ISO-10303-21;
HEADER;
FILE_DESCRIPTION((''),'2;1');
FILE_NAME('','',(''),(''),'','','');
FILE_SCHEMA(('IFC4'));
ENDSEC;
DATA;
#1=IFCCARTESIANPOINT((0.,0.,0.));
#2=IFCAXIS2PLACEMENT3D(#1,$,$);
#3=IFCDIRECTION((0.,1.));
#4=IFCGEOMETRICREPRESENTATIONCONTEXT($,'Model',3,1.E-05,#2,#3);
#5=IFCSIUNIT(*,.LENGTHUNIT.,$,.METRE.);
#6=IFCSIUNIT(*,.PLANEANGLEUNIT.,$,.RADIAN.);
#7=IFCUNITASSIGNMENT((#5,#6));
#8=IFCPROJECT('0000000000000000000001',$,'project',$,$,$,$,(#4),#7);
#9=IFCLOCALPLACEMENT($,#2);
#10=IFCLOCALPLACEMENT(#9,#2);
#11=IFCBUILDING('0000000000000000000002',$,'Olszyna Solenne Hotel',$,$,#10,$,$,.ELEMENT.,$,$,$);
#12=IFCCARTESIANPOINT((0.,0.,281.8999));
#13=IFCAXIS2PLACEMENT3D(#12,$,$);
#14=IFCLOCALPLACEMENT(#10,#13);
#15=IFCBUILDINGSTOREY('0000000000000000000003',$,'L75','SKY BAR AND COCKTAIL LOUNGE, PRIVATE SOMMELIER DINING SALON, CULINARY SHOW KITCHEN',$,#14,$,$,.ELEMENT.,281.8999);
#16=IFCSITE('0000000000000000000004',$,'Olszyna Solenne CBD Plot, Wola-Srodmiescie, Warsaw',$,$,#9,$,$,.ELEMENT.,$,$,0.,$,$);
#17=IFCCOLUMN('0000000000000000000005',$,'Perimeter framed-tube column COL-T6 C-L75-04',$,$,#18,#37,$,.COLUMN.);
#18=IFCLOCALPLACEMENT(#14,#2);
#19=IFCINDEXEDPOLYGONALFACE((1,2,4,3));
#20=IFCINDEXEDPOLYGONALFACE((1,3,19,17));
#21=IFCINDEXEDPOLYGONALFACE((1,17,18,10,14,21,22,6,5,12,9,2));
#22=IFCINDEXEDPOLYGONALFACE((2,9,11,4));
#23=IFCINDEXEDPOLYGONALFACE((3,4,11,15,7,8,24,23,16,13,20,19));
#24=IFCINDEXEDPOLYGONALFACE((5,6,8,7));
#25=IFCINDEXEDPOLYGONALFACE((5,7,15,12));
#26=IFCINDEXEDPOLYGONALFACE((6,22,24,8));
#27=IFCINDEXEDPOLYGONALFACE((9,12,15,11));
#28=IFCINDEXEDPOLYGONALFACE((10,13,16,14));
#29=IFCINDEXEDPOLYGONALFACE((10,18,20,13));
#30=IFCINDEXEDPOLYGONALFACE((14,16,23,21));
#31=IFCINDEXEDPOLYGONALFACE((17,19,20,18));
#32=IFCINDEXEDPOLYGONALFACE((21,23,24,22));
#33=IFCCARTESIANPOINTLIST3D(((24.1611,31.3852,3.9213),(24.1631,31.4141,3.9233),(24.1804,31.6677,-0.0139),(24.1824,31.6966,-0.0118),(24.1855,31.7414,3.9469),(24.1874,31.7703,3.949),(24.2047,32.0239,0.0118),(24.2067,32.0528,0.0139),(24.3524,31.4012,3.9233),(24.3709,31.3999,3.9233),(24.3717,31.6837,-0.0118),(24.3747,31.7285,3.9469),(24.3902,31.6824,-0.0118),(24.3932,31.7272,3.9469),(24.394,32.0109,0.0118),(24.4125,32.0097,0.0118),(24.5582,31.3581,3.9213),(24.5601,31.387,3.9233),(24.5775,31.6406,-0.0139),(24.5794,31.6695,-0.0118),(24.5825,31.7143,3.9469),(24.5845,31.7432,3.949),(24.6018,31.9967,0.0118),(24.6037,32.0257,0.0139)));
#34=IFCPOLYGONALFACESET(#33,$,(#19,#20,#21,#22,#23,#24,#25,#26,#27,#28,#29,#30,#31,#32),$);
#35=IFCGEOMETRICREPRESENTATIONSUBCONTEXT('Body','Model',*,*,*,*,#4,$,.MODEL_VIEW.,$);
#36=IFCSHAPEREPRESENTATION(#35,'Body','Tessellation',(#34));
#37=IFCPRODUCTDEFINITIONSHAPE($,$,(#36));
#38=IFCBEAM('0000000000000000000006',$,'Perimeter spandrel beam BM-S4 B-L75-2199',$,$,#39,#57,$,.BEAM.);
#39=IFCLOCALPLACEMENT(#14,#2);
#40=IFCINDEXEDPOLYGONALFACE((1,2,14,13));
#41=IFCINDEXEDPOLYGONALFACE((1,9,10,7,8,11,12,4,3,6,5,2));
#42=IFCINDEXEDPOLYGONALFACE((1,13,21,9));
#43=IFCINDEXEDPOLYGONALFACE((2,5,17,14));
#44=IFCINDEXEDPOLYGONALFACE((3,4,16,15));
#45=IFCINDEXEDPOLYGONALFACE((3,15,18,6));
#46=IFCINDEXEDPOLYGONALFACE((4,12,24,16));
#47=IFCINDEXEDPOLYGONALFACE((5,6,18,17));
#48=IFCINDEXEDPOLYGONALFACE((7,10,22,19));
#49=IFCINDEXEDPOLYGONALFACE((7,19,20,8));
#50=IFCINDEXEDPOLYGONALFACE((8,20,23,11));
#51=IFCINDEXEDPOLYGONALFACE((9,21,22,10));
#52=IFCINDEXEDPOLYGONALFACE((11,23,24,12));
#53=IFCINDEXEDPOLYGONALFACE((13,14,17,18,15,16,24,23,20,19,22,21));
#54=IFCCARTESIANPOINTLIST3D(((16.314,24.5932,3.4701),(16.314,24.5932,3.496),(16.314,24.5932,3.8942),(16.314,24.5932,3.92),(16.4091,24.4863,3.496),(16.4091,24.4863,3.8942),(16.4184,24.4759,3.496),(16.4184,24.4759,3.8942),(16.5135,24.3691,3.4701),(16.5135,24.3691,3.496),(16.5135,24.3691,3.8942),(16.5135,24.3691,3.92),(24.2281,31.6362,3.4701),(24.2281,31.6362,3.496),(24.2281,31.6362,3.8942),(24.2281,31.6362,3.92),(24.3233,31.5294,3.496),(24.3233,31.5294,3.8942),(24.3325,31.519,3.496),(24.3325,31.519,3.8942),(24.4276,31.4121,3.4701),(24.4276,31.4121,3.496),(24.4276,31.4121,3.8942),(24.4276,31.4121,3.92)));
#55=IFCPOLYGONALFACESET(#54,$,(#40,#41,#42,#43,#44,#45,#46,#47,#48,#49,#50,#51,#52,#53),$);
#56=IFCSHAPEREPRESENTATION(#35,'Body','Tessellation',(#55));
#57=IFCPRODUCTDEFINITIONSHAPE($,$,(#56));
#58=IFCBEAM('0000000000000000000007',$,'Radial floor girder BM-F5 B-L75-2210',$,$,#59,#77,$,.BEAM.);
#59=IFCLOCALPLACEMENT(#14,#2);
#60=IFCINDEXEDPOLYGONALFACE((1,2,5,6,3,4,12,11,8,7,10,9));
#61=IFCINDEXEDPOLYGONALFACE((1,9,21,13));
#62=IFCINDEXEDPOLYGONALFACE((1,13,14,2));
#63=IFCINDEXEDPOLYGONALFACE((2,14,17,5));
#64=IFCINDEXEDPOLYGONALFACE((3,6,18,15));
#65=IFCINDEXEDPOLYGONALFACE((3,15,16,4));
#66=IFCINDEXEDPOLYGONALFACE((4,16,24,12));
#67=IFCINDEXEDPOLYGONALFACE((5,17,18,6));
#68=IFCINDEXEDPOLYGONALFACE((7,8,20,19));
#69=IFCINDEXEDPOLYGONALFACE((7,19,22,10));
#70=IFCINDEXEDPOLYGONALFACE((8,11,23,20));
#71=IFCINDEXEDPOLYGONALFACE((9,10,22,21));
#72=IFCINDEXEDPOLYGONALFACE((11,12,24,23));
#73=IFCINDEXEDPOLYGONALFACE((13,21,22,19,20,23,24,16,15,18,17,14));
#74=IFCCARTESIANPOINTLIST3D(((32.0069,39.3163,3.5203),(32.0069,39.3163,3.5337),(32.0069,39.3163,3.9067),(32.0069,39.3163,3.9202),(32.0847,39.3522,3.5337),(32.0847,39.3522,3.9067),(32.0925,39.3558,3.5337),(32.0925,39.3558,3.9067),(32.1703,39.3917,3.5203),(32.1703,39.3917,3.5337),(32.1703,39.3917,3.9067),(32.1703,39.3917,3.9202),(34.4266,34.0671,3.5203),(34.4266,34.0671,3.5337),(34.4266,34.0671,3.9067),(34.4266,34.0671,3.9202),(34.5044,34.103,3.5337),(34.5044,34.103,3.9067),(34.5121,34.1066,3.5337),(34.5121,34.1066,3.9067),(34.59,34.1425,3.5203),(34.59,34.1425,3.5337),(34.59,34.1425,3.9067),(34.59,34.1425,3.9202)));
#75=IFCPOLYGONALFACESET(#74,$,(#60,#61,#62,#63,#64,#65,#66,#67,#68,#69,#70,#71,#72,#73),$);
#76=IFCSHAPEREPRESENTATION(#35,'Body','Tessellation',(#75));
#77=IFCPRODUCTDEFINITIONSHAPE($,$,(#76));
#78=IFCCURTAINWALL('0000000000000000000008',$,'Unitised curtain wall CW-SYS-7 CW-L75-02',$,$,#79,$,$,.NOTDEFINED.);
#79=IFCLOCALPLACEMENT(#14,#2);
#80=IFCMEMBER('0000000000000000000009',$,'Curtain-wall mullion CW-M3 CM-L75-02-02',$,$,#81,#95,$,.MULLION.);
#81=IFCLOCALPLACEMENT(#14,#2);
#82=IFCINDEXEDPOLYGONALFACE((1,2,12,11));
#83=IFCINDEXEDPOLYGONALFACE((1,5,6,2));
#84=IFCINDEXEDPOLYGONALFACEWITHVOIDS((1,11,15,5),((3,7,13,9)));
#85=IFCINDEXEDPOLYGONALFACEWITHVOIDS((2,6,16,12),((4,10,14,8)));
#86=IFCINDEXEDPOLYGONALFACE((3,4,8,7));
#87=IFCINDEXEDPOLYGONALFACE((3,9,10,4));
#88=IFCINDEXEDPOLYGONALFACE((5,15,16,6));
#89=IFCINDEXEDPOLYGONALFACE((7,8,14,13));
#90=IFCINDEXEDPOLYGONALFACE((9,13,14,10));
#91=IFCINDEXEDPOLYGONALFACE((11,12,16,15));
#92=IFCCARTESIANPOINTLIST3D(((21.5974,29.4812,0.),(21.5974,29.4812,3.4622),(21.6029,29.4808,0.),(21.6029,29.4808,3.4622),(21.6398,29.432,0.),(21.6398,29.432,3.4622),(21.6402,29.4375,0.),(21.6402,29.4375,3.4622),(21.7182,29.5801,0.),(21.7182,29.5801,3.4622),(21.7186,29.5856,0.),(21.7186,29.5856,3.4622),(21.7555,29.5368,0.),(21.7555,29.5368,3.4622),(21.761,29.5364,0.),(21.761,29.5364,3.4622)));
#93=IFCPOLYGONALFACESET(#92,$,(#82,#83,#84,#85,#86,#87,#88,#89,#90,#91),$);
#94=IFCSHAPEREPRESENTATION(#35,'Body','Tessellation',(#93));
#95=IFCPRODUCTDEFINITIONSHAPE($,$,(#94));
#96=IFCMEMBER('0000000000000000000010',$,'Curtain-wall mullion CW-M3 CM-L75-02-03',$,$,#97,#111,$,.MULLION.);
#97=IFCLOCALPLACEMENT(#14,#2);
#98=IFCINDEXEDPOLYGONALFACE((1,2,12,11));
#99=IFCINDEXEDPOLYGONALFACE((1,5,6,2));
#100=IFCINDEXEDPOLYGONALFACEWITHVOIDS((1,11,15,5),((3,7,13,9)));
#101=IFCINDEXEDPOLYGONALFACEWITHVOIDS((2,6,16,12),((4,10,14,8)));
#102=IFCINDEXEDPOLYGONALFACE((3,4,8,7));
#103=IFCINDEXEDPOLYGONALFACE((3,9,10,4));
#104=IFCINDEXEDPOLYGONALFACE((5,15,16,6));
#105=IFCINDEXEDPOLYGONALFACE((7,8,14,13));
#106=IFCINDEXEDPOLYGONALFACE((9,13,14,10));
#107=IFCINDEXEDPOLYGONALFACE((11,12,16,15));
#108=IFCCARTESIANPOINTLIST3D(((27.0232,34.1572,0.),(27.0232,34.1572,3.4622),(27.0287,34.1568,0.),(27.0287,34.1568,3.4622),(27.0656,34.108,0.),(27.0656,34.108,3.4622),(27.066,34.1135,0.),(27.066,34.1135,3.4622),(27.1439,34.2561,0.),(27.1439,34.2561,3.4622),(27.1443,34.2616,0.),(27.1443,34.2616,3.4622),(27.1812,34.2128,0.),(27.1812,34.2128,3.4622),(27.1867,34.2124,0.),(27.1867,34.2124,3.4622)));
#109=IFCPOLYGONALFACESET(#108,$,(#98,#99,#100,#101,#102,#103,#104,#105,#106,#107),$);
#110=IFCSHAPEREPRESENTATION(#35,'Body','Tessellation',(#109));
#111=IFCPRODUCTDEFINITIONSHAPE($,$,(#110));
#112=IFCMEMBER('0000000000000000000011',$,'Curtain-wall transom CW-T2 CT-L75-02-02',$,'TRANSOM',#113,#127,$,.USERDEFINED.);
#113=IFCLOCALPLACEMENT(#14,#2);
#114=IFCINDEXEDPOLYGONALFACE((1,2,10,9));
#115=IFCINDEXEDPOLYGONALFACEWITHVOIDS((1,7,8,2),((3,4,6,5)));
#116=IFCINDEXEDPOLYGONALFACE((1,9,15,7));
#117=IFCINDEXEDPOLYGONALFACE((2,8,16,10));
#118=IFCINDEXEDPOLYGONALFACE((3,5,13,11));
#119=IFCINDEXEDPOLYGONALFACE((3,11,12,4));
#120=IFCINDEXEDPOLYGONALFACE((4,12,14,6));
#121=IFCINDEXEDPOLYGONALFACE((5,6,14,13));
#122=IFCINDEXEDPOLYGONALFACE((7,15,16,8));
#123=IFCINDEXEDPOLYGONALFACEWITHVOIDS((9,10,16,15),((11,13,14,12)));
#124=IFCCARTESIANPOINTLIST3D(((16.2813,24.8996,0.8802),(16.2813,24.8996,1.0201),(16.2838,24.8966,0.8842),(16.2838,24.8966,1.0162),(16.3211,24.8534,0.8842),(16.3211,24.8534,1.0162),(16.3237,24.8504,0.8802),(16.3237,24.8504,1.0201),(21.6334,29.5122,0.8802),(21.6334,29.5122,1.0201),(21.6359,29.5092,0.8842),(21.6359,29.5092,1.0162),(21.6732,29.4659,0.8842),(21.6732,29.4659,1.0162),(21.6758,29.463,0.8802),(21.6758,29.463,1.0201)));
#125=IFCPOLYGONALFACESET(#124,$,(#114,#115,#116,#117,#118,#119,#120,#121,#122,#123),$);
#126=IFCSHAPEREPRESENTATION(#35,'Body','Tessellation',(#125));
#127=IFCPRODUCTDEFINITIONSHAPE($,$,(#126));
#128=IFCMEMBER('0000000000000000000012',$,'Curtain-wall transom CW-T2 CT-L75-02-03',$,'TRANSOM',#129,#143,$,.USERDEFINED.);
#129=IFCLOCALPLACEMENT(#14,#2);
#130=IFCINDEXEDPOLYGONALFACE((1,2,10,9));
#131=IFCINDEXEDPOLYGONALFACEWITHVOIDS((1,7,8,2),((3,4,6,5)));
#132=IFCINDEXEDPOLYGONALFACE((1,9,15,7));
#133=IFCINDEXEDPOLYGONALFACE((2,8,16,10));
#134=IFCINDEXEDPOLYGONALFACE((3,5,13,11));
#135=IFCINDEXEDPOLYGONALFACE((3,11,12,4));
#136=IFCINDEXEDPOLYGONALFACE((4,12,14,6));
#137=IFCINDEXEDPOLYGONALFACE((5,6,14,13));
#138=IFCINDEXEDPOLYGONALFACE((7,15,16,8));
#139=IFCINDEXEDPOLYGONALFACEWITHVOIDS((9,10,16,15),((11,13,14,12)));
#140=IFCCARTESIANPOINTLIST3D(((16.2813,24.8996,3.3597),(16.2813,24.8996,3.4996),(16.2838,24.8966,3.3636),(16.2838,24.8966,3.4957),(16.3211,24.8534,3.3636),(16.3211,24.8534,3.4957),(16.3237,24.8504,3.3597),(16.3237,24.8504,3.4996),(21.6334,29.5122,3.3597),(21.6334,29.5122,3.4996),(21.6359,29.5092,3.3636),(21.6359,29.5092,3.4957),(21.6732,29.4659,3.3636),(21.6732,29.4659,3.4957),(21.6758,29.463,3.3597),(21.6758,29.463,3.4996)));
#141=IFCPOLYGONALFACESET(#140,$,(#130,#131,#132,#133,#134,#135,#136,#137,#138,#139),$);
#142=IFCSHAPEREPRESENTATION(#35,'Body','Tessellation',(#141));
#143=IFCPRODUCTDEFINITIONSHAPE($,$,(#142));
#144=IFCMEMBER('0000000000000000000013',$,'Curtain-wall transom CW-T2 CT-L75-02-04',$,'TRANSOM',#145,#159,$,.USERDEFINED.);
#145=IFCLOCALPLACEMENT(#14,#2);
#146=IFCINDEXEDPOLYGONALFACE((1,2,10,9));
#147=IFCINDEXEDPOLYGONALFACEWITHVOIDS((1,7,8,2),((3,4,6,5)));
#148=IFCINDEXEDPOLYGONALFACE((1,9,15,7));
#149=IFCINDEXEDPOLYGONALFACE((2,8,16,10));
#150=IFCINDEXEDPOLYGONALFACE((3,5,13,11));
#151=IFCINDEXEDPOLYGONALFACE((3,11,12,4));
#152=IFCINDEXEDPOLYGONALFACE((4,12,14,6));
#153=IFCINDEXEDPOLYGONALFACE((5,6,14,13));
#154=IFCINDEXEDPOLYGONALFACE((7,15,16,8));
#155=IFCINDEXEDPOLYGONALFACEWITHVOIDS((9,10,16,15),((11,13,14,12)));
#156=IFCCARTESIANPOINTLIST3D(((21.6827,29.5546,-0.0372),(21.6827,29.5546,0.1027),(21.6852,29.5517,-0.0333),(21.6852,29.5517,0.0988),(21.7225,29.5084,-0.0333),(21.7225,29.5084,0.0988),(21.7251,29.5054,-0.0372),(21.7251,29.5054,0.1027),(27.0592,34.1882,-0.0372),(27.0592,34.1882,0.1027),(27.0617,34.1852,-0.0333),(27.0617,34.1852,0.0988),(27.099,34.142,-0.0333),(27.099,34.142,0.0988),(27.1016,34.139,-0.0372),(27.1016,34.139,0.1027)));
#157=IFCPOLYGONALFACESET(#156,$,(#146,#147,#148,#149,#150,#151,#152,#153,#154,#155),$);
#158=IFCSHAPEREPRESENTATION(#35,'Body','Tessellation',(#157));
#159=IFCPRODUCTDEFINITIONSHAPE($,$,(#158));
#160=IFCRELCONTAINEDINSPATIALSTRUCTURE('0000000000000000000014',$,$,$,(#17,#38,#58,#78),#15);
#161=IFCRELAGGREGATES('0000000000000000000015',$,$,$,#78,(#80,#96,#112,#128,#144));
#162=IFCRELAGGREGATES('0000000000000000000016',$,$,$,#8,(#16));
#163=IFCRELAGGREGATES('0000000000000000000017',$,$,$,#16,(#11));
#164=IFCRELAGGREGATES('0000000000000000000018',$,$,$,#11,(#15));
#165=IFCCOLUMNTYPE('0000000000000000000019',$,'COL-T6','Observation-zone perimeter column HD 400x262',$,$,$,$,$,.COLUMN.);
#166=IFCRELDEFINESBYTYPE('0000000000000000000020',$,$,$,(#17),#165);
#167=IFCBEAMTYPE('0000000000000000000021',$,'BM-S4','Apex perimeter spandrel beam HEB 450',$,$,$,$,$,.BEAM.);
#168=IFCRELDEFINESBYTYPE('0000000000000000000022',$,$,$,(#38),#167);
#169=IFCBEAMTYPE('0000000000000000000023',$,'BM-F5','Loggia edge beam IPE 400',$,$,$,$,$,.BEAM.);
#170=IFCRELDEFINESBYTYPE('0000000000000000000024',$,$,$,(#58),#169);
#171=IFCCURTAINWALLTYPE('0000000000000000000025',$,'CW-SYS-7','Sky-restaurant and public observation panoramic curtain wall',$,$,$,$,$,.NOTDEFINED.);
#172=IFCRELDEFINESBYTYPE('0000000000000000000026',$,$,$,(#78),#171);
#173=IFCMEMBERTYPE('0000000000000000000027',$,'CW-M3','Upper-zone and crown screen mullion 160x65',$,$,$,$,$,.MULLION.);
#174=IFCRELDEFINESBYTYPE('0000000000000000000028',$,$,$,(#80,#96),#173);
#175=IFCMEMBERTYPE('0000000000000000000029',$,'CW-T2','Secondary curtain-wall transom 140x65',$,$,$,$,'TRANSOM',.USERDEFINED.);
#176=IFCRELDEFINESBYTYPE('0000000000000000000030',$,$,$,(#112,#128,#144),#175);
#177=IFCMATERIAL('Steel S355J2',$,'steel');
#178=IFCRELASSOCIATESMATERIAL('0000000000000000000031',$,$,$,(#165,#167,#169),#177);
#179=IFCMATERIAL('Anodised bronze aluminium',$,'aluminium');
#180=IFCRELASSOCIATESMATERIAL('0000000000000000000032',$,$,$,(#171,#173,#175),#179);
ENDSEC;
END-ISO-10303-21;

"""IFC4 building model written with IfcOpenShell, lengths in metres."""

from ifc_helpers import new_model, si_unit, direction, frame, origin, origin_2d, place, context, subcontext, project, spatial, hollow_rectangle, i_section, extrude, source, transform, mapped, material, material_profile, profile_set, type_object, element, aggregate, save


model = new_model("IFC4")

# Units and contexts
model_context = context("Model", 3, precision=1e-05, world=origin(), true_north=direction((0.0, 1.0)))
body_context = subcontext(model_context, "Body", "Model", "MODEL_VIEW")
ifc_project = project(units=[si_unit("LENGTHUNIT", "METRE"), si_unit("PLANEANGLEUNIT", "RADIAN")], contexts=[model_context])

# Site, building, storey
site_placement = place(None, origin())
site = spatial("IfcSite", under=ifc_project, at=site_placement, Name="Olszyna Solenne CBD Plot, Wola-Srodmiescie, Warsaw", CompositionType="ELEMENT", RefElevation=0.0)
building_placement = place(site_placement, origin())
building = spatial("IfcBuilding", under=site, at=building_placement, Name="Olszyna Solenne Hotel", CompositionType="ELEMENT")
storey_placement = place(building_placement, frame((0.0, 0.0, 281.8999)))
storey = spatial("IfcBuildingStorey", under=building, at=storey_placement, Name="L75", Description="SKY BAR AND COCKTAIL LOUNGE, PRIVATE SOMMELIER DINING SALON, CULINARY SHOW KITCHEN", CompositionType="ELEMENT", Elevation=281.8999)

# Column
ifc_material_1 = material(Name="Steel S355J2", Category="steel")
ifc_material_profile_1 = material_profile(ifc_material_1, i_section(OverallWidth=0.3979, OverallDepth=0.387, WebThickness=0.0186, FlangeThickness=0.0291, at=origin_2d()), Name="HD 400x262", Category="load-bearing")
ifc_profile_set_1 = profile_set([ifc_material_profile_1], Name="Steel S355J2")
column_type = type_object("IfcColumnType", Name="COL-T6", Description="Observation-zone perimeter column HD 400x262", PredefinedType="COLUMN", material=ifc_profile_set_1)
shared_shape_1 = source(origin(), body_context, "Body", "SweptSolid", [
    extrude(i_section(OverallWidth=0.3979, OverallDepth=0.387, WebThickness=0.0186, FlangeThickness=0.0291, at=origin_2d()), origin(), (0.0, 0.0, 1.0), 3.9453),
])
column_placement = place(storey_placement, frame((24.3921, 31.8467, 0.0), z_axis=(-0.004889, -0.071598, 0.997422), x_axis=(0.997677, -0.068121, 0.0)))
element("IfcColumn", 1, at=column_placement, inside=storey, type_object=column_type, Name="Perimeter framed-tube column COL-T6 C-L75-04", PredefinedType="COLUMN", context=body_context, shape_type="MappedRepresentation", body=[
    mapped(shared_shape_1, transform((0.0, 0.0, 0.0), x_axis=(1.0, 0.0, 0.0), y_axis=(0.0, 1.0, 0.0), z_axis=(0.0, 0.0, 1.0), scale=1.0)),
])

# Beams
ifc_material_profile_2 = material_profile(ifc_material_1, i_section(OverallWidth=0.3, OverallDepth=0.45, WebThickness=0.0139, FlangeThickness=0.0259, at=origin_2d()), Name="HEB 450", Category="load-bearing")
ifc_profile_set_2 = profile_set([ifc_material_profile_2], Name="Steel S355J2")
beam_type_1 = type_object("IfcBeamType", Name="BM-S4", Description="Apex perimeter spandrel beam HEB 450", PredefinedType="BEAM", material=ifc_profile_set_2)
shared_shape_2 = source(origin(), body_context, "Body", "SweptSolid", [
    extrude(i_section(OverallWidth=0.3, OverallDepth=0.45, WebThickness=0.0139, FlangeThickness=0.0259, at=origin_2d()), origin(), (0.0, 0.0, 1.0), 10.5942),
])
beam_1_placement = place(storey_placement, frame((24.3279, 31.5242, 3.6951), z_axis=(-0.747023, -0.664799, 0.0), x_axis=(0.664799, -0.747023, 0.0)))
element("IfcBeam", 2, at=beam_1_placement, inside=storey, type_object=beam_type_1, Name="Perimeter spandrel beam BM-S4 B-L75-2199", PredefinedType="BEAM", context=body_context, shape_type="MappedRepresentation", body=[
    mapped(shared_shape_2, transform((0.0, 0.0, 0.0), x_axis=(1.0, 0.0, 0.0), y_axis=(0.0, 1.0, 0.0), z_axis=(0.0, 0.0, 1.0), scale=1.0)),
])
ifc_material_profile_3 = material_profile(ifc_material_1, i_section(OverallWidth=0.1799, OverallDepth=0.3999, WebThickness=0.0085, FlangeThickness=0.0134, at=origin_2d()), Name="IPE 400", Category="load-bearing")
ifc_profile_set_3 = profile_set([ifc_material_profile_3], Name="Steel S355J2")
beam_type_2 = type_object("IfcBeamType", Name="BM-F5", Description="Loggia edge beam IPE 400", PredefinedType="BEAM", material=ifc_profile_set_3)
shared_shape_3 = source(origin(), body_context, "Body", "SweptSolid", [
    extrude(i_section(OverallWidth=0.1799, OverallDepth=0.3999, WebThickness=0.0085, FlangeThickness=0.0134, at=origin_2d()), origin(), (0.0, 0.0, 1.0), 5.78),
])
beam_2_placement = place(storey_placement, frame((32.0886, 39.354, 3.7202), z_axis=(0.418622, -0.908161, 0.0), x_axis=(0.908161, 0.418622, 0.0)))
element("IfcBeam", 3, at=beam_2_placement, inside=storey, type_object=beam_type_2, Name="Radial floor girder BM-F5 B-L75-2210", PredefinedType="BEAM", context=body_context, shape_type="MappedRepresentation", body=[
    mapped(shared_shape_3, transform((0.0, 0.0, 0.0), x_axis=(1.0, 0.0, 0.0), y_axis=(0.0, 1.0, 0.0), z_axis=(0.0, 0.0, 1.0), scale=1.0)),
])

# Curtain wall, members
ifc_material_2 = material(Name="Anodised bronze aluminium", Category="aluminium")
curtain_wall_type = type_object("IfcCurtainWallType", Name="CW-SYS-7", Description="Sky-restaurant and public observation panoramic curtain wall", PredefinedType="NOTDEFINED", material=ifc_material_2)
curtain_wall_placement = place(storey_placement, origin())
curtain_wall = element("IfcCurtainWall", 4, at=curtain_wall_placement, inside=storey, type_object=curtain_wall_type, Name="Unitised curtain wall CW-SYS-7 CW-L75-02", PredefinedType="NOTDEFINED")
ifc_material_profile_4 = material_profile(ifc_material_2, hollow_rectangle(XDim=0.0649, YDim=0.1599, WallThickness=0.0039, at=origin_2d()), Name="MULL 160x65x4", Category="load-bearing")
ifc_profile_set_4 = profile_set([ifc_material_profile_4], Name="Anodised bronze aluminium")
member_type_1 = type_object("IfcMemberType", Name="CW-M3", Description="Upper-zone and crown screen mullion 160x65", PredefinedType="MULLION", material=ifc_profile_set_4)
shared_shape_4 = source(origin(), body_context, "Body", "SweptSolid", [
    extrude(hollow_rectangle(XDim=0.0649, YDim=0.1599, WallThickness=0.0039, at=origin_2d()), origin(), (0.0, 0.0, 1.0), 3.4622),
])
member_1_placement = place(storey_placement, frame((21.6792, 29.5088, 0.0), z_axis=(0.0, 0.0, 1.0), x_axis=(-0.65284, 0.757496, 0.0)))
member_1 = element("IfcMember", 5, at=member_1_placement, type_object=member_type_1, Name="Curtain-wall mullion CW-M3 CM-L75-02-02", PredefinedType="MULLION", context=body_context, shape_type="MappedRepresentation", body=[
    mapped(shared_shape_4, transform((0.0, 0.0, 0.0), x_axis=(1.0, 0.0, 0.0), y_axis=(0.0, 1.0, 0.0), z_axis=(0.0, 0.0, 1.0), scale=1.0)),
])
member_2_placement = place(storey_placement, frame((27.105, 34.1848, 0.0), z_axis=(0.0, 0.0, 1.0), x_axis=(-0.65284, 0.757496, 0.0)))
member_2 = element("IfcMember", 6, at=member_2_placement, type_object=member_type_1, Name="Curtain-wall mullion CW-M3 CM-L75-02-03", PredefinedType="MULLION", context=body_context, shape_type="MappedRepresentation", body=[
    mapped(shared_shape_4, transform((0.0, 0.0, 0.0), x_axis=(1.0, 0.0, 0.0), y_axis=(0.0, 1.0, 0.0), z_axis=(0.0, 0.0, 1.0), scale=1.0)),
])
ifc_material_profile_5 = material_profile(ifc_material_2, hollow_rectangle(XDim=0.0649, YDim=0.1399, WallThickness=0.0039, at=origin_2d()), Name="TRAN 140x65x4", Category="load-bearing")
ifc_profile_set_5 = profile_set([ifc_material_profile_5], Name="Anodised bronze aluminium")
member_type_2 = type_object("IfcMemberType", Name="CW-T2", Description="Secondary curtain-wall transom 140x65", ElementType="TRANSOM", PredefinedType="USERDEFINED", material=ifc_profile_set_5)
shared_shape_5 = source(origin(), body_context, "Body", "SweptSolid", [
    extrude(hollow_rectangle(XDim=0.0649, YDim=0.1399, WallThickness=0.0039, at=origin_2d()), origin(), (0.0, 0.0, 1.0), 7.0654),
])
member_3_placement = place(storey_placement, frame((16.3025, 24.875, 0.9502), z_axis=(0.7575, 0.652835, 0.0), x_axis=(-0.652835, 0.7575, 0.0)))
member_3 = element("IfcMember", 7, at=member_3_placement, type_object=member_type_2, Name="Curtain-wall transom CW-T2 CT-L75-02-02", ObjectType="TRANSOM", PredefinedType="USERDEFINED", context=body_context, shape_type="MappedRepresentation", body=[
    mapped(shared_shape_5, transform((0.0, 0.0, 0.0), x_axis=(1.0, 0.0, 0.0), y_axis=(0.0, 1.0, 0.0), z_axis=(0.0, 0.0, 1.0), scale=1.0)),
])
member_4_placement = place(storey_placement, frame((16.3025, 24.875, 3.4297), z_axis=(0.7575, 0.652835, 0.0), x_axis=(-0.652835, 0.7575, 0.0)))
member_4 = element("IfcMember", 8, at=member_4_placement, type_object=member_type_2, Name="Curtain-wall transom CW-T2 CT-L75-02-03", ObjectType="TRANSOM", PredefinedType="USERDEFINED", context=body_context, shape_type="MappedRepresentation", body=[
    mapped(shared_shape_5, transform((0.0, 0.0, 0.0), x_axis=(1.0, 0.0, 0.0), y_axis=(0.0, 1.0, 0.0), z_axis=(0.0, 0.0, 1.0), scale=1.0)),
])
shared_shape_6 = source(origin(), body_context, "Body", "SweptSolid", [
    extrude(hollow_rectangle(XDim=0.0649, YDim=0.1399, WallThickness=0.0039, at=origin_2d()), origin(), (0.0, 0.0, 1.0), 7.0977),
])
member_5_placement = place(storey_placement, frame((21.7039, 29.53, 0.0327), z_axis=(0.757503, 0.652831, 0.0), x_axis=(-0.652831, 0.757503, 0.0)))
member_5 = element("IfcMember", 9, at=member_5_placement, type_object=member_type_2, Name="Curtain-wall transom CW-T2 CT-L75-02-04", ObjectType="TRANSOM", PredefinedType="USERDEFINED", context=body_context, shape_type="MappedRepresentation", body=[
    mapped(shared_shape_6, transform((0.0, 0.0, 0.0), x_axis=(1.0, 0.0, 0.0), y_axis=(0.0, 1.0, 0.0), z_axis=(0.0, 0.0, 1.0), scale=1.0)),
])

aggregate(curtain_wall, [member_1, member_2, member_3, member_4, member_5])

save(model, "model.ifc")
